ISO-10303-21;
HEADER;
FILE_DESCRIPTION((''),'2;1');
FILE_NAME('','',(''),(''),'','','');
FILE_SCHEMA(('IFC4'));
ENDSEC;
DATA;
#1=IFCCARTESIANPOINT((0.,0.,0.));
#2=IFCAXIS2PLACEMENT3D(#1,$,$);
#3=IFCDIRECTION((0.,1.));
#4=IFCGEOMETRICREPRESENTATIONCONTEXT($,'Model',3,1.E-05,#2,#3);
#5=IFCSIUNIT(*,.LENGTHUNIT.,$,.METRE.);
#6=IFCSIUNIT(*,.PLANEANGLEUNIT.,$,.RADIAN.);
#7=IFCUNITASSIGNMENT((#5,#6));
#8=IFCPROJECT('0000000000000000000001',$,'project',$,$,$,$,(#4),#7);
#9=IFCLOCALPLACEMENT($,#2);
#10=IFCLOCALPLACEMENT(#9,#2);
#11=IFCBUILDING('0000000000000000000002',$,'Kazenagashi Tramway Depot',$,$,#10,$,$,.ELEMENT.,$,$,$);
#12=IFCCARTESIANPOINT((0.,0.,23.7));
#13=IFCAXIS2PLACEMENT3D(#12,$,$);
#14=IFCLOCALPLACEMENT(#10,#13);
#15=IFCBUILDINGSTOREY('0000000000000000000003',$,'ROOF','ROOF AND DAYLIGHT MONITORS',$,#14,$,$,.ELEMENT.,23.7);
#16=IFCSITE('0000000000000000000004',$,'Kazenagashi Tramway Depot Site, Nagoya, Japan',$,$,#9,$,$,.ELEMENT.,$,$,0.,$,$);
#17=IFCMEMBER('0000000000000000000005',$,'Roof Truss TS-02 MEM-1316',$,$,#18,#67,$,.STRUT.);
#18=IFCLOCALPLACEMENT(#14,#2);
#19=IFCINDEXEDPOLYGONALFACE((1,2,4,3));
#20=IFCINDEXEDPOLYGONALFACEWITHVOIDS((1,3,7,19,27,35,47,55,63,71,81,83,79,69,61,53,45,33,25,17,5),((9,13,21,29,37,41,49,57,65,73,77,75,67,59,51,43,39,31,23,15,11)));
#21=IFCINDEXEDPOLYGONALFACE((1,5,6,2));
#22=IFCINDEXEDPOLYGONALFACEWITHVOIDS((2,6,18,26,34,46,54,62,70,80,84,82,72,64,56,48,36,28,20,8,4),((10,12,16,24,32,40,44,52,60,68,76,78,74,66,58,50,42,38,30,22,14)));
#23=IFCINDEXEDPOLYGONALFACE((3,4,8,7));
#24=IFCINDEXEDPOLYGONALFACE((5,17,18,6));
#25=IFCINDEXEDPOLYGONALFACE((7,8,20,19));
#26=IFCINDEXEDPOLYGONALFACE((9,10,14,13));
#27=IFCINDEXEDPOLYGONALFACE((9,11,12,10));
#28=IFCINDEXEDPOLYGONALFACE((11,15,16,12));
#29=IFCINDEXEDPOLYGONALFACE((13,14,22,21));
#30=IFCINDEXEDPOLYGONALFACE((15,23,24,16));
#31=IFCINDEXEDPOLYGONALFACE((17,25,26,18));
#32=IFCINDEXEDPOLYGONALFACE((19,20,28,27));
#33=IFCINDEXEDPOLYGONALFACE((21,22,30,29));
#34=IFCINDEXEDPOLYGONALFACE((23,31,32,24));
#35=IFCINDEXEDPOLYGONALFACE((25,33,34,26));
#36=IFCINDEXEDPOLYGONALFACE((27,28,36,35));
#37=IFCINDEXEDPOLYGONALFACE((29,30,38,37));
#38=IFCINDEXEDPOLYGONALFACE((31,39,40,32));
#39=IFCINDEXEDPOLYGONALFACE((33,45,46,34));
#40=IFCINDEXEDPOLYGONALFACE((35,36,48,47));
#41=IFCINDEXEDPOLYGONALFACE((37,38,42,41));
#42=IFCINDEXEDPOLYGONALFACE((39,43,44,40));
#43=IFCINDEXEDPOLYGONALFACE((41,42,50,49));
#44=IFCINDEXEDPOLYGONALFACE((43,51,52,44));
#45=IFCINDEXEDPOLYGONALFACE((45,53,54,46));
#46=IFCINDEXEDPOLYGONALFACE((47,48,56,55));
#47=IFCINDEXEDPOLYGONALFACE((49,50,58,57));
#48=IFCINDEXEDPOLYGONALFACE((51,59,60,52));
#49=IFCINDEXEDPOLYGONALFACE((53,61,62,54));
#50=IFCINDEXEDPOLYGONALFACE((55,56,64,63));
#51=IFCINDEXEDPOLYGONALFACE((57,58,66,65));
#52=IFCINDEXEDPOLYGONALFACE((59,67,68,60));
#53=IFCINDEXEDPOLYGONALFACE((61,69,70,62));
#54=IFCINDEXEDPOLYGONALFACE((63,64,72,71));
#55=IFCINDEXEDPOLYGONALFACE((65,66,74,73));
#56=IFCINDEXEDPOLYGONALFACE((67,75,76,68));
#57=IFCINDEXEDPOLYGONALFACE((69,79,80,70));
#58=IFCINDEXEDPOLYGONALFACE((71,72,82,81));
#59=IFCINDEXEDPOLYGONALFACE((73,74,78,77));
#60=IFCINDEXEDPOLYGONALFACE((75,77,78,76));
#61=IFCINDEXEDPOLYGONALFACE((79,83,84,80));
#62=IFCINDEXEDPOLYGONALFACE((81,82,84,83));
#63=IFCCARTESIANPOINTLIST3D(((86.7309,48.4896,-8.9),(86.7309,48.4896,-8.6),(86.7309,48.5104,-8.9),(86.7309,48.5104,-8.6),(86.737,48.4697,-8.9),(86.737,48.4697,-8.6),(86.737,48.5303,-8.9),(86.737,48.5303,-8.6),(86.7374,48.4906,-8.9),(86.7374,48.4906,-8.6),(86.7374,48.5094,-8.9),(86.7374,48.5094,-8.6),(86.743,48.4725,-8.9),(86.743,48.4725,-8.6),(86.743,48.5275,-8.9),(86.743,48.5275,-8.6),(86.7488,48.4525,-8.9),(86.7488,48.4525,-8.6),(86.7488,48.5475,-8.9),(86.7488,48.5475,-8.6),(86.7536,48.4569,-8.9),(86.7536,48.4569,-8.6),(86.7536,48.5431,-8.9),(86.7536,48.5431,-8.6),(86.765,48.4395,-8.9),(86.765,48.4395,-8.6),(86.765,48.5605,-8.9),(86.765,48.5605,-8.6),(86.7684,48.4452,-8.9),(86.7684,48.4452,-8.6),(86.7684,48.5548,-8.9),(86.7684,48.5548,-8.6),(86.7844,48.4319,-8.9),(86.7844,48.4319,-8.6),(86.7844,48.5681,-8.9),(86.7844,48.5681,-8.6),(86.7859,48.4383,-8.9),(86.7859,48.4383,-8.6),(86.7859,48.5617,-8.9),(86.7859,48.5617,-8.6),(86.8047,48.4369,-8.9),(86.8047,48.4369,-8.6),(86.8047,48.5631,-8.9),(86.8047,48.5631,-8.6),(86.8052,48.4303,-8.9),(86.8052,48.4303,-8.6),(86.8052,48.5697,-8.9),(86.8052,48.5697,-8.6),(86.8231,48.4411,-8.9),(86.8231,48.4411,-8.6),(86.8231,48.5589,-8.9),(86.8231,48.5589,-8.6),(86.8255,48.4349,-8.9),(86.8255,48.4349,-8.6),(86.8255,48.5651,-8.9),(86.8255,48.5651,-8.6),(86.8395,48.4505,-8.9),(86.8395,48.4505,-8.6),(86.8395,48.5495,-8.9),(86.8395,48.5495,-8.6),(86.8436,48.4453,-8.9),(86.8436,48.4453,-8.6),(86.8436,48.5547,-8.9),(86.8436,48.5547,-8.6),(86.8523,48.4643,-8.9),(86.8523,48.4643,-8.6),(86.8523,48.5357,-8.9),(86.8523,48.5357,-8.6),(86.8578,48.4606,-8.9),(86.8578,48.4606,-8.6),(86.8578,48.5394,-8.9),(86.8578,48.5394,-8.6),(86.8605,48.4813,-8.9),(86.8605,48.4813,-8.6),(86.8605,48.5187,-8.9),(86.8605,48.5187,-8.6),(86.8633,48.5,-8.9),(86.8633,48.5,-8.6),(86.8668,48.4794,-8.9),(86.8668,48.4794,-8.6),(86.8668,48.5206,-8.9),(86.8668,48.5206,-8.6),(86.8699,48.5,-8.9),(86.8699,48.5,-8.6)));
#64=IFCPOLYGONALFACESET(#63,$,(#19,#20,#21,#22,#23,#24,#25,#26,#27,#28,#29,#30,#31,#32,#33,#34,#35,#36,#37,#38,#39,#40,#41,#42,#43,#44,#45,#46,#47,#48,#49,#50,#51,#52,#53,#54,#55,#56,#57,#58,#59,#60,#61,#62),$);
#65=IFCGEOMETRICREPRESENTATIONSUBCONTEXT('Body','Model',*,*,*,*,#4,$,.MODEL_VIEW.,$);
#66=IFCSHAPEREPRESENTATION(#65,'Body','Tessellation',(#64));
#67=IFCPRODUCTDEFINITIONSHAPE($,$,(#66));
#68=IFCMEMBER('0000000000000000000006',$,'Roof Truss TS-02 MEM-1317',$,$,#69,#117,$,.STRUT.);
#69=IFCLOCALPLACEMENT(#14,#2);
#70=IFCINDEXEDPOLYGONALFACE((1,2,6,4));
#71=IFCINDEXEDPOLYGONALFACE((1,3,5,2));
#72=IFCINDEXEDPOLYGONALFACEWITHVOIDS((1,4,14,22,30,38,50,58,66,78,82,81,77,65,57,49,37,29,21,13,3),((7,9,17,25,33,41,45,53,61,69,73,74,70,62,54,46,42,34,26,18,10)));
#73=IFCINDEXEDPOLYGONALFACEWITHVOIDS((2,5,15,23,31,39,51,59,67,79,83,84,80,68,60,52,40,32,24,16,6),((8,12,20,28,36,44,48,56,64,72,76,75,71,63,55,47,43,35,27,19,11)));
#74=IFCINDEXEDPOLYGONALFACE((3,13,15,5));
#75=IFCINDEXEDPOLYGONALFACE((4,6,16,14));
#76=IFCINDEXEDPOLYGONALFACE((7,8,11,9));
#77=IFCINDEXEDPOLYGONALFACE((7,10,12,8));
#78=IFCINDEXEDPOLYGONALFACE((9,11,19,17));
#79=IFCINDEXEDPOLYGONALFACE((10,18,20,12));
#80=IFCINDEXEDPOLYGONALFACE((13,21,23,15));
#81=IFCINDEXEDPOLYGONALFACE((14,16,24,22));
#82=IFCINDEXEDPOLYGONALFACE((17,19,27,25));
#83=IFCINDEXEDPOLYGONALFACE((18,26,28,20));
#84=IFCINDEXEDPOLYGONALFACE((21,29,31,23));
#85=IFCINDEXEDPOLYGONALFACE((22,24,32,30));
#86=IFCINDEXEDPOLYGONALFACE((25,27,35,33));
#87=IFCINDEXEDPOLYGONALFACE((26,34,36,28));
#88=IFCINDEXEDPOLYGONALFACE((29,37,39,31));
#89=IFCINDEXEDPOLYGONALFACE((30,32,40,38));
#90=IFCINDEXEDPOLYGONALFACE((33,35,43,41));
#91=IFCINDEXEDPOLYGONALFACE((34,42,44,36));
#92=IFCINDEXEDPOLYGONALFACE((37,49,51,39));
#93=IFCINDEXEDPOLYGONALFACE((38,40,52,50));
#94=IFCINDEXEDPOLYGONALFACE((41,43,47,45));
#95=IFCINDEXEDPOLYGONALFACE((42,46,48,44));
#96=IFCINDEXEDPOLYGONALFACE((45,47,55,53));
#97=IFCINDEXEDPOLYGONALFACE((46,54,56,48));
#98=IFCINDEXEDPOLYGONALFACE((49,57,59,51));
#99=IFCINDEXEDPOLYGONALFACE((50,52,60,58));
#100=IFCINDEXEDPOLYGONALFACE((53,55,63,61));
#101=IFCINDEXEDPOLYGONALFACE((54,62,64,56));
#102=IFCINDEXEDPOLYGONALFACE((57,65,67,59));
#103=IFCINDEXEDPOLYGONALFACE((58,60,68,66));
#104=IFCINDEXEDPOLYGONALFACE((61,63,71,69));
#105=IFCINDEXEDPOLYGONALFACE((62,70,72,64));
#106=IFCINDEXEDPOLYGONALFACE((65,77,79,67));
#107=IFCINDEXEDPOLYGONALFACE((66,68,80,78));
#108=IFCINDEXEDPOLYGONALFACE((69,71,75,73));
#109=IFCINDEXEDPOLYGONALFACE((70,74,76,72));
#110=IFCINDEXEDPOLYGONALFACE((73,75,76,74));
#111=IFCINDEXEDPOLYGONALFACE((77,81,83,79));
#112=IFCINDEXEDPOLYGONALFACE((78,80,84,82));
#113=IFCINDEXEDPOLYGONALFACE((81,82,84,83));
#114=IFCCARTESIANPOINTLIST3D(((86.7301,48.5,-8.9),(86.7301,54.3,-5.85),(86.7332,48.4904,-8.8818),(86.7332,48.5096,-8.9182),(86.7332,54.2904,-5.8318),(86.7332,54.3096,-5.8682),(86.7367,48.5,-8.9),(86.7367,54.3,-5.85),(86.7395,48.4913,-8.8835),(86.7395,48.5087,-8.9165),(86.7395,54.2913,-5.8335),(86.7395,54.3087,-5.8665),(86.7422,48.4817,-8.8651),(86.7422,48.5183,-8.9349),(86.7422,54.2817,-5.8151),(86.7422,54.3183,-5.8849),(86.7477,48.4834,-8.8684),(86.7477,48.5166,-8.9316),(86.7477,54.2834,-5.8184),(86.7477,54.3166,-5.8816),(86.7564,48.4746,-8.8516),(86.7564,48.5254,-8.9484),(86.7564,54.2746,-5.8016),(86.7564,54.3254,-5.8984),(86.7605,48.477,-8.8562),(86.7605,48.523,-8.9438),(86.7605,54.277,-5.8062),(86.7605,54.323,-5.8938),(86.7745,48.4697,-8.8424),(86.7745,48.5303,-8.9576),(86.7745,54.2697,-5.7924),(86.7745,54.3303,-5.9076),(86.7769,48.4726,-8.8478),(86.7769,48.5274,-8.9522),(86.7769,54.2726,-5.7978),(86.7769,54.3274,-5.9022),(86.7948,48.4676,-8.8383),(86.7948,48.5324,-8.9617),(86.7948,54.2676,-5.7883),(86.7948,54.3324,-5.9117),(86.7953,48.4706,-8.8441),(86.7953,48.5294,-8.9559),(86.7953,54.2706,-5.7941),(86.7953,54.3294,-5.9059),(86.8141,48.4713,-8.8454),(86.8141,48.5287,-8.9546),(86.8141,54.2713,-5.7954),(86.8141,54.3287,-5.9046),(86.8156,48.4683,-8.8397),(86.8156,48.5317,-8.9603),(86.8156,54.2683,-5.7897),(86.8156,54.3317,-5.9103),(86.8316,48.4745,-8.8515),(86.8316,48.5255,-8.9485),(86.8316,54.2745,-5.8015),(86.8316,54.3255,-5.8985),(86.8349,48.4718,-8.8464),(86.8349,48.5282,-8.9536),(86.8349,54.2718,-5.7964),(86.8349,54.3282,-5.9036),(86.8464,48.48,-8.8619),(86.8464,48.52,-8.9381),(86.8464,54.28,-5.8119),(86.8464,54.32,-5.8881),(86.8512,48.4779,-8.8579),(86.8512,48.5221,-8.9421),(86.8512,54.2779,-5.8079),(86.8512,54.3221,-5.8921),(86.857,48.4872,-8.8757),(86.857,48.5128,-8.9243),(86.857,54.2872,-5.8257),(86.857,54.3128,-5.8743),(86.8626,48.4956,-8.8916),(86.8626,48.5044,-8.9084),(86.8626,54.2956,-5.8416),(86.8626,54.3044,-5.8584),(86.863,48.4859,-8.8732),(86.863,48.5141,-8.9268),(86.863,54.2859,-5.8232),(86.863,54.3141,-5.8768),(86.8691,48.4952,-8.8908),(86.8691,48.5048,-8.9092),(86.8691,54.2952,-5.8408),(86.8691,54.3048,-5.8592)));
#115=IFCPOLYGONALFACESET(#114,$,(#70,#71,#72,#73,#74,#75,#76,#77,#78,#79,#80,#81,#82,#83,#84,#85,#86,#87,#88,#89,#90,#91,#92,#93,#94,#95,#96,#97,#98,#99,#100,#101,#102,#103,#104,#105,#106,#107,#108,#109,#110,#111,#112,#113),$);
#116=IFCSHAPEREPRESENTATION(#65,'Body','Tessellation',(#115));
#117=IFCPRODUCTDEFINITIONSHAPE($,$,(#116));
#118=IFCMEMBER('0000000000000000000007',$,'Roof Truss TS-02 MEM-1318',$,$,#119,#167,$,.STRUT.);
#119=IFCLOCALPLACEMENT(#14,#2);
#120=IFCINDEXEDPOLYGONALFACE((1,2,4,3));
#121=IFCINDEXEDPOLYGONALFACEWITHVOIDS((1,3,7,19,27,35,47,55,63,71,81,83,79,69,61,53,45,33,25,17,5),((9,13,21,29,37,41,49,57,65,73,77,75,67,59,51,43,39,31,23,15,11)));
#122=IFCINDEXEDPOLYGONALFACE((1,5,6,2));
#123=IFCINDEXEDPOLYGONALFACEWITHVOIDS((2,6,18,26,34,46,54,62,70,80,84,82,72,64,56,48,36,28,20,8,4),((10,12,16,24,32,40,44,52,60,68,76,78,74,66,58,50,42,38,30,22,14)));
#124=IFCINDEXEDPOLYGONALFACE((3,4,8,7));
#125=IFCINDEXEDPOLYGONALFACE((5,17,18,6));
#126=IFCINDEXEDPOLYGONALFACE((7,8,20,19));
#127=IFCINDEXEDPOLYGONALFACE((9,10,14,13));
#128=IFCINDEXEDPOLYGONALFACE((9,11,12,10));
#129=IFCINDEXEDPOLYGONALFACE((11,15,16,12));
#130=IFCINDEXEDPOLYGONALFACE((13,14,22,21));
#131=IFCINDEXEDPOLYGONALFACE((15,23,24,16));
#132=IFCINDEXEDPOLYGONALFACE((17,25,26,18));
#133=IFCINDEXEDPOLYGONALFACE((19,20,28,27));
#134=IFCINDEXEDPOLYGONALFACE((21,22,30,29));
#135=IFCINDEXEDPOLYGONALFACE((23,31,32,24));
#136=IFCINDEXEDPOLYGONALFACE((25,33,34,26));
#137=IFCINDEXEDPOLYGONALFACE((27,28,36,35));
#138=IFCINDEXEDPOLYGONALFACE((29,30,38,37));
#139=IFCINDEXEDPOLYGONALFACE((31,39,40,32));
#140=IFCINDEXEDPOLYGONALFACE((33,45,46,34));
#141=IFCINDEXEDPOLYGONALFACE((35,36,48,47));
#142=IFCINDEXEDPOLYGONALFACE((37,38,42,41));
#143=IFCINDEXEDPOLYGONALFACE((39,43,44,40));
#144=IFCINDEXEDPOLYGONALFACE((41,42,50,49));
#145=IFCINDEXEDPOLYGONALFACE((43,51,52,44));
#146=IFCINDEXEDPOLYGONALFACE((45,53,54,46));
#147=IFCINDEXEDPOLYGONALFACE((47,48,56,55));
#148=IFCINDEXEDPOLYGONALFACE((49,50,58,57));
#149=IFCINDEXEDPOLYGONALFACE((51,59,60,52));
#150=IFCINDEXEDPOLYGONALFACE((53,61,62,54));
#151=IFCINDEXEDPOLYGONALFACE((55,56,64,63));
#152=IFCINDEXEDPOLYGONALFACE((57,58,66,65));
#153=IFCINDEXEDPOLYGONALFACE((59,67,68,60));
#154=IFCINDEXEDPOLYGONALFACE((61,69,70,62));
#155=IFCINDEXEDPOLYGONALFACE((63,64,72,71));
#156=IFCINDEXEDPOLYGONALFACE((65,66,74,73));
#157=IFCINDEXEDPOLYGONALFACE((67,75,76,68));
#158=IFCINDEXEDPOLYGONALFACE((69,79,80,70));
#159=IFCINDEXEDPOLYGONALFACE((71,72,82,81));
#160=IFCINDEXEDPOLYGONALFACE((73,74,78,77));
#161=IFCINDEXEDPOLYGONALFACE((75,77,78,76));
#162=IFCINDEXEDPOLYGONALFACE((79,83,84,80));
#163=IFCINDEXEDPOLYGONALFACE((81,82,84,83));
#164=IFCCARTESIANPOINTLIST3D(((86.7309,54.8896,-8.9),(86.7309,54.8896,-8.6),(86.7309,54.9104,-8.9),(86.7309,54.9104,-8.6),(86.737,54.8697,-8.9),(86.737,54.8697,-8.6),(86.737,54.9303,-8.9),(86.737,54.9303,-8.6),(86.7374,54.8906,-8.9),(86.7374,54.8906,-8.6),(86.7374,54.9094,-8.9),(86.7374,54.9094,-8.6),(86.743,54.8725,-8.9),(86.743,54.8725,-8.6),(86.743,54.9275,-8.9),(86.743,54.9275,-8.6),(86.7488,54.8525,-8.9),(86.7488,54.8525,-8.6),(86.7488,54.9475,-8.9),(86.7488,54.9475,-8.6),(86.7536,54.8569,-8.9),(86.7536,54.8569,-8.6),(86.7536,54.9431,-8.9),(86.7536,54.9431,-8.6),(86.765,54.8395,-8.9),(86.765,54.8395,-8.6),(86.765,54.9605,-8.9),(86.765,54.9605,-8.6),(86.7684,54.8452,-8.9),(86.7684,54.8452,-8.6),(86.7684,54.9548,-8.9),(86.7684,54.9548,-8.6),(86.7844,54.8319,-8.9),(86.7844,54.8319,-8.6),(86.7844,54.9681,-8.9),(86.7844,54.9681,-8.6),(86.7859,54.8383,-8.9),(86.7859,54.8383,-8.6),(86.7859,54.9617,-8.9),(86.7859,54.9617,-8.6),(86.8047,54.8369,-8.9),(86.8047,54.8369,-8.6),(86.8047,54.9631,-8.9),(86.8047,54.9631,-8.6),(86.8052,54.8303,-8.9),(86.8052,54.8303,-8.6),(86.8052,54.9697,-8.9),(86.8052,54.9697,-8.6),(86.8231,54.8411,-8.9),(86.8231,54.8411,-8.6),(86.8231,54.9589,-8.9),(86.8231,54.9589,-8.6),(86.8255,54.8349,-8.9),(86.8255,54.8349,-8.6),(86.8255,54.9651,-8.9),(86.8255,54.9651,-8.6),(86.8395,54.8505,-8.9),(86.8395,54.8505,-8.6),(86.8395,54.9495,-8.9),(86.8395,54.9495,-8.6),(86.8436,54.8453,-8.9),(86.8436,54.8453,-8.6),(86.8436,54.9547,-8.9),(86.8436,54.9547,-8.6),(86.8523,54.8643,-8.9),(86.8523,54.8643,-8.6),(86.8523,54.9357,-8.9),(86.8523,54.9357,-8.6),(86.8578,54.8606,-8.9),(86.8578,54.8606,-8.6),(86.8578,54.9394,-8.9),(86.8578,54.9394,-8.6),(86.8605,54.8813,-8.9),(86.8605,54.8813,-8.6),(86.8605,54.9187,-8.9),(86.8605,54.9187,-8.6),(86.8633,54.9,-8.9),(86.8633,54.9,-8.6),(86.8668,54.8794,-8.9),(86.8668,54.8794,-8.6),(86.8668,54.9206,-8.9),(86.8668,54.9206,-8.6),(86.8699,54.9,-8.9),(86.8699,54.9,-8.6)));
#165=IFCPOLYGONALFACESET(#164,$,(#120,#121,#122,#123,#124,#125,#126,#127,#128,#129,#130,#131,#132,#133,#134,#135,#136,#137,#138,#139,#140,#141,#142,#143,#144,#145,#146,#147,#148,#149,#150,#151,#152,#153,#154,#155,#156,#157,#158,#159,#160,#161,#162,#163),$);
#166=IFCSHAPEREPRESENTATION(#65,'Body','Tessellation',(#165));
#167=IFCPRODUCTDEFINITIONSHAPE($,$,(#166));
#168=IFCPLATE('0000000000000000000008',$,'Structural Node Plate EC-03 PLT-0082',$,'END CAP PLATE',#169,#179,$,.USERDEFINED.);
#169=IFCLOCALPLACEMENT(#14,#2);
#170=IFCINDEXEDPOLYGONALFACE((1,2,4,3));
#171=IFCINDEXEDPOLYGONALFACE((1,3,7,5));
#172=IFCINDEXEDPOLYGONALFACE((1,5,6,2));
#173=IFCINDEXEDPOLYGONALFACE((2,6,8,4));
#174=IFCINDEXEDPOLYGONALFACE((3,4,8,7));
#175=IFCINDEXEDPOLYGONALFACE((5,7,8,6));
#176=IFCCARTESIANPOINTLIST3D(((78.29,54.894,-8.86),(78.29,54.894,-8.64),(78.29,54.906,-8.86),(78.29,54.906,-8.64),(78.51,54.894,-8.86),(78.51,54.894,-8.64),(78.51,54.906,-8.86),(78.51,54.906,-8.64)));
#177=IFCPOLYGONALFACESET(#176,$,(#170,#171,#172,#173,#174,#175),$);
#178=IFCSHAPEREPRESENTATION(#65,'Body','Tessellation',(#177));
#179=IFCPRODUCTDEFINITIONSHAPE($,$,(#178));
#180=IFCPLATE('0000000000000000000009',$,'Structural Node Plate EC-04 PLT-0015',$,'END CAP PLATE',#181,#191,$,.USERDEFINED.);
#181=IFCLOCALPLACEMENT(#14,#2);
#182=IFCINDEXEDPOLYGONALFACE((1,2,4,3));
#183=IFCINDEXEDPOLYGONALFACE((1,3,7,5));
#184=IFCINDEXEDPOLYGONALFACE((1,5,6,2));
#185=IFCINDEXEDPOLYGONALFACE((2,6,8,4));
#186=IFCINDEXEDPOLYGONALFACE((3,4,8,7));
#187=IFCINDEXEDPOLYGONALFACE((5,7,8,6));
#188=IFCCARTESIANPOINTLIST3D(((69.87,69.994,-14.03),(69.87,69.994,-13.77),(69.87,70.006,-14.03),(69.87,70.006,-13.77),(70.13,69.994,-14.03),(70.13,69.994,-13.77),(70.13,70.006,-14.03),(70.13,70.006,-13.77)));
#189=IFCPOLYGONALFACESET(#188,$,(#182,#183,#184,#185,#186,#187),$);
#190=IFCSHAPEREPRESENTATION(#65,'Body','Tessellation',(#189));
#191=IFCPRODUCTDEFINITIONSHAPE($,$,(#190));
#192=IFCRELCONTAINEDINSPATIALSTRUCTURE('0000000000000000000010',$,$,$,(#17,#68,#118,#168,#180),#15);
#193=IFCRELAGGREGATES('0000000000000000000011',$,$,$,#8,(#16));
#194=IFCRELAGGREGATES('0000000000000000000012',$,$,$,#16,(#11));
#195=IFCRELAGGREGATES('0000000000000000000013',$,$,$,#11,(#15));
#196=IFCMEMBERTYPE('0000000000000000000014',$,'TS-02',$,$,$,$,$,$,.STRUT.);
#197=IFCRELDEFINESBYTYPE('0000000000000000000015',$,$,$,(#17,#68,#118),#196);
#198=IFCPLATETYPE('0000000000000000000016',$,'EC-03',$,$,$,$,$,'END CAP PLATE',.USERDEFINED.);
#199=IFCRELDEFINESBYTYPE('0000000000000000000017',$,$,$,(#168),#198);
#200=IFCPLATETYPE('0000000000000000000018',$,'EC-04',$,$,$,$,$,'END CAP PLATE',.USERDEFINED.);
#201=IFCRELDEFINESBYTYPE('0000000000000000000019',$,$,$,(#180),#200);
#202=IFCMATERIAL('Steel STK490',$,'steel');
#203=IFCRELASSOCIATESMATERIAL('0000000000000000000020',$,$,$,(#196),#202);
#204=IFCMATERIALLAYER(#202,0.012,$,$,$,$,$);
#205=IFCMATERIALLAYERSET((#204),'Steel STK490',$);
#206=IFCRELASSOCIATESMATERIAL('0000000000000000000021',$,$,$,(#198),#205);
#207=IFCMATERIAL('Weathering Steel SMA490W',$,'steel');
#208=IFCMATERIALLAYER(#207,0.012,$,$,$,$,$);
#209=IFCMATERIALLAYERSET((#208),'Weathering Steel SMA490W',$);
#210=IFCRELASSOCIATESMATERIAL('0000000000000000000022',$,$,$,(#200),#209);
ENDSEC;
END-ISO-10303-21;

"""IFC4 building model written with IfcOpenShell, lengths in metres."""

from ifc_helpers import new_model, si_unit, direction, frame, origin, origin_2d, place, context, subcontext, project, spatial, rectangle, hollow_circle, extrude, material, layer, layer_set, material_profile, profile_set, type_object, element, save


model = new_model("IFC4")

# Units and contexts
model_context = context("Model", 3, precision=1e-05, world=origin(), true_north=direction((0.0, 1.0)))
body_context = subcontext(model_context, "Body", "Model", "MODEL_VIEW")
ifc_project = project(units=[si_unit("LENGTHUNIT", "METRE"), si_unit("PLANEANGLEUNIT", "RADIAN")], contexts=[model_context])

# Site, building, storey
site_placement = place(None, origin())
site = spatial("IfcSite", under=ifc_project, at=site_placement, Name="Kazenagashi Tramway Depot Site, Nagoya, Japan", CompositionType="ELEMENT", RefElevation=0.0)
building_placement = place(site_placement, origin())
building = spatial("IfcBuilding", under=site, at=building_placement, Name="Kazenagashi Tramway Depot", CompositionType="ELEMENT")
storey_placement = place(building_placement, frame((0.0, 0.0, 23.7)))
storey = spatial("IfcBuildingStorey", under=building, at=storey_placement, Name="ROOF", Description="ROOF AND DAYLIGHT MONITORS", CompositionType="ELEMENT", Elevation=23.7)

# Members
ifc_material_1 = material(Name="Steel STK490", Category="steel")
ifc_material_profile_1 = material_profile(ifc_material_1, hollow_circle(Radius=0.0699, WallThickness=0.0066, at=origin_2d()), Name="CHS-139.8x6.6")
ifc_profile_set_1 = profile_set([ifc_material_profile_1], Name="Steel STK490")
member_type_1 = type_object("IfcMemberType", Name="TS-02", PredefinedType="STRUT", material=ifc_profile_set_1)
for number, where, z_axis, x_axis, name in (
    (1, (86.8, 48.5, -8.9), (0.0, 0.0, 1.0), (1.0, 0.0, 0.0), "Roof Truss TS-02 MEM-1316"),
):
    element("IfcMember", number, at=place(storey_placement, frame(where, z_axis=z_axis, x_axis=x_axis)), inside=storey, type_object=member_type_1, Name=name, PredefinedType="STRUT", context=body_context, shape_type="SweptSolid", body=[
        extrude(hollow_circle(Radius=0.0699, WallThickness=0.0066, at=origin_2d()), origin(), (0.0, 0.0, 1.0), 0.3),
    ])
member_1_placement = place(storey_placement, frame((86.8, 48.5, -8.9), z_axis=(0.0, 0.885084, 0.465432), x_axis=(-1.0, 0.0, 0.0)))
element("IfcMember", 2, at=member_1_placement, inside=storey, type_object=member_type_1, Name="Roof Truss TS-02 MEM-1317", PredefinedType="STRUT", context=body_context, shape_type="SweptSolid", body=[
    extrude(hollow_circle(Radius=0.0699, WallThickness=0.0066, at=origin_2d()), origin(), (0.0, 0.0, 1.0), 6.5531),
])
member_2_placement = place(storey_placement, frame((86.8, 54.9, -8.9), z_axis=(0.0, 0.0, 1.0), x_axis=(1.0, 0.0, 0.0)))
element("IfcMember", 3, at=member_2_placement, inside=storey, type_object=member_type_1, Name="Roof Truss TS-02 MEM-1318", PredefinedType="STRUT", context=body_context, shape_type="SweptSolid", body=[
    extrude(hollow_circle(Radius=0.0699, WallThickness=0.0066, at=origin_2d()), origin(), (0.0, 0.0, 1.0), 0.3),
])

# Plates
ifc_layer_1 = layer(ifc_material_1, 0.012)
ifc_layer_set_1 = layer_set([ifc_layer_1], Name="Steel STK490")
plate_type_1 = type_object("IfcPlateType", Name="EC-03", ElementType="END CAP PLATE", PredefinedType="USERDEFINED", material=ifc_layer_set_1)
plate_1_placement = place(storey_placement, frame((78.4, 54.9, -8.86), z_axis=(0.0, 0.0, 1.0), x_axis=(1.0, 0.0, 0.0)))
element("IfcPlate", 4, at=plate_1_placement, inside=storey, type_object=plate_type_1, Name="Structural Node Plate EC-03 PLT-0082", ObjectType="END CAP PLATE", PredefinedType="USERDEFINED", context=body_context, shape_type="SweptSolid", body=[
    extrude(rectangle(XDim=0.22, YDim=0.012, at=origin_2d()), origin(), (0.0, 0.0, 1.0), 0.22),
])
ifc_material_2 = material(Name="Weathering Steel SMA490W", Category="steel")
ifc_layer_2 = layer(ifc_material_2, 0.012)
ifc_layer_set_2 = layer_set([ifc_layer_2], Name="Weathering Steel SMA490W")
plate_type_2 = type_object("IfcPlateType", Name="EC-04", ElementType="END CAP PLATE", PredefinedType="USERDEFINED", material=ifc_layer_set_2)
plate_2_placement = place(storey_placement, frame((70.0, 70.0, -14.03), z_axis=(0.0, 0.0, 1.0), x_axis=(1.0, 0.0, 0.0)))
element("IfcPlate", 5, at=plate_2_placement, inside=storey, type_object=plate_type_2, Name="Structural Node Plate EC-04 PLT-0015", ObjectType="END CAP PLATE", PredefinedType="USERDEFINED", context=body_context, shape_type="SweptSolid", body=[
    extrude(rectangle(XDim=0.26, YDim=0.012, at=origin_2d()), origin(), (0.0, 0.0, 1.0), 0.26),
])

save(model, "model.ifc")
